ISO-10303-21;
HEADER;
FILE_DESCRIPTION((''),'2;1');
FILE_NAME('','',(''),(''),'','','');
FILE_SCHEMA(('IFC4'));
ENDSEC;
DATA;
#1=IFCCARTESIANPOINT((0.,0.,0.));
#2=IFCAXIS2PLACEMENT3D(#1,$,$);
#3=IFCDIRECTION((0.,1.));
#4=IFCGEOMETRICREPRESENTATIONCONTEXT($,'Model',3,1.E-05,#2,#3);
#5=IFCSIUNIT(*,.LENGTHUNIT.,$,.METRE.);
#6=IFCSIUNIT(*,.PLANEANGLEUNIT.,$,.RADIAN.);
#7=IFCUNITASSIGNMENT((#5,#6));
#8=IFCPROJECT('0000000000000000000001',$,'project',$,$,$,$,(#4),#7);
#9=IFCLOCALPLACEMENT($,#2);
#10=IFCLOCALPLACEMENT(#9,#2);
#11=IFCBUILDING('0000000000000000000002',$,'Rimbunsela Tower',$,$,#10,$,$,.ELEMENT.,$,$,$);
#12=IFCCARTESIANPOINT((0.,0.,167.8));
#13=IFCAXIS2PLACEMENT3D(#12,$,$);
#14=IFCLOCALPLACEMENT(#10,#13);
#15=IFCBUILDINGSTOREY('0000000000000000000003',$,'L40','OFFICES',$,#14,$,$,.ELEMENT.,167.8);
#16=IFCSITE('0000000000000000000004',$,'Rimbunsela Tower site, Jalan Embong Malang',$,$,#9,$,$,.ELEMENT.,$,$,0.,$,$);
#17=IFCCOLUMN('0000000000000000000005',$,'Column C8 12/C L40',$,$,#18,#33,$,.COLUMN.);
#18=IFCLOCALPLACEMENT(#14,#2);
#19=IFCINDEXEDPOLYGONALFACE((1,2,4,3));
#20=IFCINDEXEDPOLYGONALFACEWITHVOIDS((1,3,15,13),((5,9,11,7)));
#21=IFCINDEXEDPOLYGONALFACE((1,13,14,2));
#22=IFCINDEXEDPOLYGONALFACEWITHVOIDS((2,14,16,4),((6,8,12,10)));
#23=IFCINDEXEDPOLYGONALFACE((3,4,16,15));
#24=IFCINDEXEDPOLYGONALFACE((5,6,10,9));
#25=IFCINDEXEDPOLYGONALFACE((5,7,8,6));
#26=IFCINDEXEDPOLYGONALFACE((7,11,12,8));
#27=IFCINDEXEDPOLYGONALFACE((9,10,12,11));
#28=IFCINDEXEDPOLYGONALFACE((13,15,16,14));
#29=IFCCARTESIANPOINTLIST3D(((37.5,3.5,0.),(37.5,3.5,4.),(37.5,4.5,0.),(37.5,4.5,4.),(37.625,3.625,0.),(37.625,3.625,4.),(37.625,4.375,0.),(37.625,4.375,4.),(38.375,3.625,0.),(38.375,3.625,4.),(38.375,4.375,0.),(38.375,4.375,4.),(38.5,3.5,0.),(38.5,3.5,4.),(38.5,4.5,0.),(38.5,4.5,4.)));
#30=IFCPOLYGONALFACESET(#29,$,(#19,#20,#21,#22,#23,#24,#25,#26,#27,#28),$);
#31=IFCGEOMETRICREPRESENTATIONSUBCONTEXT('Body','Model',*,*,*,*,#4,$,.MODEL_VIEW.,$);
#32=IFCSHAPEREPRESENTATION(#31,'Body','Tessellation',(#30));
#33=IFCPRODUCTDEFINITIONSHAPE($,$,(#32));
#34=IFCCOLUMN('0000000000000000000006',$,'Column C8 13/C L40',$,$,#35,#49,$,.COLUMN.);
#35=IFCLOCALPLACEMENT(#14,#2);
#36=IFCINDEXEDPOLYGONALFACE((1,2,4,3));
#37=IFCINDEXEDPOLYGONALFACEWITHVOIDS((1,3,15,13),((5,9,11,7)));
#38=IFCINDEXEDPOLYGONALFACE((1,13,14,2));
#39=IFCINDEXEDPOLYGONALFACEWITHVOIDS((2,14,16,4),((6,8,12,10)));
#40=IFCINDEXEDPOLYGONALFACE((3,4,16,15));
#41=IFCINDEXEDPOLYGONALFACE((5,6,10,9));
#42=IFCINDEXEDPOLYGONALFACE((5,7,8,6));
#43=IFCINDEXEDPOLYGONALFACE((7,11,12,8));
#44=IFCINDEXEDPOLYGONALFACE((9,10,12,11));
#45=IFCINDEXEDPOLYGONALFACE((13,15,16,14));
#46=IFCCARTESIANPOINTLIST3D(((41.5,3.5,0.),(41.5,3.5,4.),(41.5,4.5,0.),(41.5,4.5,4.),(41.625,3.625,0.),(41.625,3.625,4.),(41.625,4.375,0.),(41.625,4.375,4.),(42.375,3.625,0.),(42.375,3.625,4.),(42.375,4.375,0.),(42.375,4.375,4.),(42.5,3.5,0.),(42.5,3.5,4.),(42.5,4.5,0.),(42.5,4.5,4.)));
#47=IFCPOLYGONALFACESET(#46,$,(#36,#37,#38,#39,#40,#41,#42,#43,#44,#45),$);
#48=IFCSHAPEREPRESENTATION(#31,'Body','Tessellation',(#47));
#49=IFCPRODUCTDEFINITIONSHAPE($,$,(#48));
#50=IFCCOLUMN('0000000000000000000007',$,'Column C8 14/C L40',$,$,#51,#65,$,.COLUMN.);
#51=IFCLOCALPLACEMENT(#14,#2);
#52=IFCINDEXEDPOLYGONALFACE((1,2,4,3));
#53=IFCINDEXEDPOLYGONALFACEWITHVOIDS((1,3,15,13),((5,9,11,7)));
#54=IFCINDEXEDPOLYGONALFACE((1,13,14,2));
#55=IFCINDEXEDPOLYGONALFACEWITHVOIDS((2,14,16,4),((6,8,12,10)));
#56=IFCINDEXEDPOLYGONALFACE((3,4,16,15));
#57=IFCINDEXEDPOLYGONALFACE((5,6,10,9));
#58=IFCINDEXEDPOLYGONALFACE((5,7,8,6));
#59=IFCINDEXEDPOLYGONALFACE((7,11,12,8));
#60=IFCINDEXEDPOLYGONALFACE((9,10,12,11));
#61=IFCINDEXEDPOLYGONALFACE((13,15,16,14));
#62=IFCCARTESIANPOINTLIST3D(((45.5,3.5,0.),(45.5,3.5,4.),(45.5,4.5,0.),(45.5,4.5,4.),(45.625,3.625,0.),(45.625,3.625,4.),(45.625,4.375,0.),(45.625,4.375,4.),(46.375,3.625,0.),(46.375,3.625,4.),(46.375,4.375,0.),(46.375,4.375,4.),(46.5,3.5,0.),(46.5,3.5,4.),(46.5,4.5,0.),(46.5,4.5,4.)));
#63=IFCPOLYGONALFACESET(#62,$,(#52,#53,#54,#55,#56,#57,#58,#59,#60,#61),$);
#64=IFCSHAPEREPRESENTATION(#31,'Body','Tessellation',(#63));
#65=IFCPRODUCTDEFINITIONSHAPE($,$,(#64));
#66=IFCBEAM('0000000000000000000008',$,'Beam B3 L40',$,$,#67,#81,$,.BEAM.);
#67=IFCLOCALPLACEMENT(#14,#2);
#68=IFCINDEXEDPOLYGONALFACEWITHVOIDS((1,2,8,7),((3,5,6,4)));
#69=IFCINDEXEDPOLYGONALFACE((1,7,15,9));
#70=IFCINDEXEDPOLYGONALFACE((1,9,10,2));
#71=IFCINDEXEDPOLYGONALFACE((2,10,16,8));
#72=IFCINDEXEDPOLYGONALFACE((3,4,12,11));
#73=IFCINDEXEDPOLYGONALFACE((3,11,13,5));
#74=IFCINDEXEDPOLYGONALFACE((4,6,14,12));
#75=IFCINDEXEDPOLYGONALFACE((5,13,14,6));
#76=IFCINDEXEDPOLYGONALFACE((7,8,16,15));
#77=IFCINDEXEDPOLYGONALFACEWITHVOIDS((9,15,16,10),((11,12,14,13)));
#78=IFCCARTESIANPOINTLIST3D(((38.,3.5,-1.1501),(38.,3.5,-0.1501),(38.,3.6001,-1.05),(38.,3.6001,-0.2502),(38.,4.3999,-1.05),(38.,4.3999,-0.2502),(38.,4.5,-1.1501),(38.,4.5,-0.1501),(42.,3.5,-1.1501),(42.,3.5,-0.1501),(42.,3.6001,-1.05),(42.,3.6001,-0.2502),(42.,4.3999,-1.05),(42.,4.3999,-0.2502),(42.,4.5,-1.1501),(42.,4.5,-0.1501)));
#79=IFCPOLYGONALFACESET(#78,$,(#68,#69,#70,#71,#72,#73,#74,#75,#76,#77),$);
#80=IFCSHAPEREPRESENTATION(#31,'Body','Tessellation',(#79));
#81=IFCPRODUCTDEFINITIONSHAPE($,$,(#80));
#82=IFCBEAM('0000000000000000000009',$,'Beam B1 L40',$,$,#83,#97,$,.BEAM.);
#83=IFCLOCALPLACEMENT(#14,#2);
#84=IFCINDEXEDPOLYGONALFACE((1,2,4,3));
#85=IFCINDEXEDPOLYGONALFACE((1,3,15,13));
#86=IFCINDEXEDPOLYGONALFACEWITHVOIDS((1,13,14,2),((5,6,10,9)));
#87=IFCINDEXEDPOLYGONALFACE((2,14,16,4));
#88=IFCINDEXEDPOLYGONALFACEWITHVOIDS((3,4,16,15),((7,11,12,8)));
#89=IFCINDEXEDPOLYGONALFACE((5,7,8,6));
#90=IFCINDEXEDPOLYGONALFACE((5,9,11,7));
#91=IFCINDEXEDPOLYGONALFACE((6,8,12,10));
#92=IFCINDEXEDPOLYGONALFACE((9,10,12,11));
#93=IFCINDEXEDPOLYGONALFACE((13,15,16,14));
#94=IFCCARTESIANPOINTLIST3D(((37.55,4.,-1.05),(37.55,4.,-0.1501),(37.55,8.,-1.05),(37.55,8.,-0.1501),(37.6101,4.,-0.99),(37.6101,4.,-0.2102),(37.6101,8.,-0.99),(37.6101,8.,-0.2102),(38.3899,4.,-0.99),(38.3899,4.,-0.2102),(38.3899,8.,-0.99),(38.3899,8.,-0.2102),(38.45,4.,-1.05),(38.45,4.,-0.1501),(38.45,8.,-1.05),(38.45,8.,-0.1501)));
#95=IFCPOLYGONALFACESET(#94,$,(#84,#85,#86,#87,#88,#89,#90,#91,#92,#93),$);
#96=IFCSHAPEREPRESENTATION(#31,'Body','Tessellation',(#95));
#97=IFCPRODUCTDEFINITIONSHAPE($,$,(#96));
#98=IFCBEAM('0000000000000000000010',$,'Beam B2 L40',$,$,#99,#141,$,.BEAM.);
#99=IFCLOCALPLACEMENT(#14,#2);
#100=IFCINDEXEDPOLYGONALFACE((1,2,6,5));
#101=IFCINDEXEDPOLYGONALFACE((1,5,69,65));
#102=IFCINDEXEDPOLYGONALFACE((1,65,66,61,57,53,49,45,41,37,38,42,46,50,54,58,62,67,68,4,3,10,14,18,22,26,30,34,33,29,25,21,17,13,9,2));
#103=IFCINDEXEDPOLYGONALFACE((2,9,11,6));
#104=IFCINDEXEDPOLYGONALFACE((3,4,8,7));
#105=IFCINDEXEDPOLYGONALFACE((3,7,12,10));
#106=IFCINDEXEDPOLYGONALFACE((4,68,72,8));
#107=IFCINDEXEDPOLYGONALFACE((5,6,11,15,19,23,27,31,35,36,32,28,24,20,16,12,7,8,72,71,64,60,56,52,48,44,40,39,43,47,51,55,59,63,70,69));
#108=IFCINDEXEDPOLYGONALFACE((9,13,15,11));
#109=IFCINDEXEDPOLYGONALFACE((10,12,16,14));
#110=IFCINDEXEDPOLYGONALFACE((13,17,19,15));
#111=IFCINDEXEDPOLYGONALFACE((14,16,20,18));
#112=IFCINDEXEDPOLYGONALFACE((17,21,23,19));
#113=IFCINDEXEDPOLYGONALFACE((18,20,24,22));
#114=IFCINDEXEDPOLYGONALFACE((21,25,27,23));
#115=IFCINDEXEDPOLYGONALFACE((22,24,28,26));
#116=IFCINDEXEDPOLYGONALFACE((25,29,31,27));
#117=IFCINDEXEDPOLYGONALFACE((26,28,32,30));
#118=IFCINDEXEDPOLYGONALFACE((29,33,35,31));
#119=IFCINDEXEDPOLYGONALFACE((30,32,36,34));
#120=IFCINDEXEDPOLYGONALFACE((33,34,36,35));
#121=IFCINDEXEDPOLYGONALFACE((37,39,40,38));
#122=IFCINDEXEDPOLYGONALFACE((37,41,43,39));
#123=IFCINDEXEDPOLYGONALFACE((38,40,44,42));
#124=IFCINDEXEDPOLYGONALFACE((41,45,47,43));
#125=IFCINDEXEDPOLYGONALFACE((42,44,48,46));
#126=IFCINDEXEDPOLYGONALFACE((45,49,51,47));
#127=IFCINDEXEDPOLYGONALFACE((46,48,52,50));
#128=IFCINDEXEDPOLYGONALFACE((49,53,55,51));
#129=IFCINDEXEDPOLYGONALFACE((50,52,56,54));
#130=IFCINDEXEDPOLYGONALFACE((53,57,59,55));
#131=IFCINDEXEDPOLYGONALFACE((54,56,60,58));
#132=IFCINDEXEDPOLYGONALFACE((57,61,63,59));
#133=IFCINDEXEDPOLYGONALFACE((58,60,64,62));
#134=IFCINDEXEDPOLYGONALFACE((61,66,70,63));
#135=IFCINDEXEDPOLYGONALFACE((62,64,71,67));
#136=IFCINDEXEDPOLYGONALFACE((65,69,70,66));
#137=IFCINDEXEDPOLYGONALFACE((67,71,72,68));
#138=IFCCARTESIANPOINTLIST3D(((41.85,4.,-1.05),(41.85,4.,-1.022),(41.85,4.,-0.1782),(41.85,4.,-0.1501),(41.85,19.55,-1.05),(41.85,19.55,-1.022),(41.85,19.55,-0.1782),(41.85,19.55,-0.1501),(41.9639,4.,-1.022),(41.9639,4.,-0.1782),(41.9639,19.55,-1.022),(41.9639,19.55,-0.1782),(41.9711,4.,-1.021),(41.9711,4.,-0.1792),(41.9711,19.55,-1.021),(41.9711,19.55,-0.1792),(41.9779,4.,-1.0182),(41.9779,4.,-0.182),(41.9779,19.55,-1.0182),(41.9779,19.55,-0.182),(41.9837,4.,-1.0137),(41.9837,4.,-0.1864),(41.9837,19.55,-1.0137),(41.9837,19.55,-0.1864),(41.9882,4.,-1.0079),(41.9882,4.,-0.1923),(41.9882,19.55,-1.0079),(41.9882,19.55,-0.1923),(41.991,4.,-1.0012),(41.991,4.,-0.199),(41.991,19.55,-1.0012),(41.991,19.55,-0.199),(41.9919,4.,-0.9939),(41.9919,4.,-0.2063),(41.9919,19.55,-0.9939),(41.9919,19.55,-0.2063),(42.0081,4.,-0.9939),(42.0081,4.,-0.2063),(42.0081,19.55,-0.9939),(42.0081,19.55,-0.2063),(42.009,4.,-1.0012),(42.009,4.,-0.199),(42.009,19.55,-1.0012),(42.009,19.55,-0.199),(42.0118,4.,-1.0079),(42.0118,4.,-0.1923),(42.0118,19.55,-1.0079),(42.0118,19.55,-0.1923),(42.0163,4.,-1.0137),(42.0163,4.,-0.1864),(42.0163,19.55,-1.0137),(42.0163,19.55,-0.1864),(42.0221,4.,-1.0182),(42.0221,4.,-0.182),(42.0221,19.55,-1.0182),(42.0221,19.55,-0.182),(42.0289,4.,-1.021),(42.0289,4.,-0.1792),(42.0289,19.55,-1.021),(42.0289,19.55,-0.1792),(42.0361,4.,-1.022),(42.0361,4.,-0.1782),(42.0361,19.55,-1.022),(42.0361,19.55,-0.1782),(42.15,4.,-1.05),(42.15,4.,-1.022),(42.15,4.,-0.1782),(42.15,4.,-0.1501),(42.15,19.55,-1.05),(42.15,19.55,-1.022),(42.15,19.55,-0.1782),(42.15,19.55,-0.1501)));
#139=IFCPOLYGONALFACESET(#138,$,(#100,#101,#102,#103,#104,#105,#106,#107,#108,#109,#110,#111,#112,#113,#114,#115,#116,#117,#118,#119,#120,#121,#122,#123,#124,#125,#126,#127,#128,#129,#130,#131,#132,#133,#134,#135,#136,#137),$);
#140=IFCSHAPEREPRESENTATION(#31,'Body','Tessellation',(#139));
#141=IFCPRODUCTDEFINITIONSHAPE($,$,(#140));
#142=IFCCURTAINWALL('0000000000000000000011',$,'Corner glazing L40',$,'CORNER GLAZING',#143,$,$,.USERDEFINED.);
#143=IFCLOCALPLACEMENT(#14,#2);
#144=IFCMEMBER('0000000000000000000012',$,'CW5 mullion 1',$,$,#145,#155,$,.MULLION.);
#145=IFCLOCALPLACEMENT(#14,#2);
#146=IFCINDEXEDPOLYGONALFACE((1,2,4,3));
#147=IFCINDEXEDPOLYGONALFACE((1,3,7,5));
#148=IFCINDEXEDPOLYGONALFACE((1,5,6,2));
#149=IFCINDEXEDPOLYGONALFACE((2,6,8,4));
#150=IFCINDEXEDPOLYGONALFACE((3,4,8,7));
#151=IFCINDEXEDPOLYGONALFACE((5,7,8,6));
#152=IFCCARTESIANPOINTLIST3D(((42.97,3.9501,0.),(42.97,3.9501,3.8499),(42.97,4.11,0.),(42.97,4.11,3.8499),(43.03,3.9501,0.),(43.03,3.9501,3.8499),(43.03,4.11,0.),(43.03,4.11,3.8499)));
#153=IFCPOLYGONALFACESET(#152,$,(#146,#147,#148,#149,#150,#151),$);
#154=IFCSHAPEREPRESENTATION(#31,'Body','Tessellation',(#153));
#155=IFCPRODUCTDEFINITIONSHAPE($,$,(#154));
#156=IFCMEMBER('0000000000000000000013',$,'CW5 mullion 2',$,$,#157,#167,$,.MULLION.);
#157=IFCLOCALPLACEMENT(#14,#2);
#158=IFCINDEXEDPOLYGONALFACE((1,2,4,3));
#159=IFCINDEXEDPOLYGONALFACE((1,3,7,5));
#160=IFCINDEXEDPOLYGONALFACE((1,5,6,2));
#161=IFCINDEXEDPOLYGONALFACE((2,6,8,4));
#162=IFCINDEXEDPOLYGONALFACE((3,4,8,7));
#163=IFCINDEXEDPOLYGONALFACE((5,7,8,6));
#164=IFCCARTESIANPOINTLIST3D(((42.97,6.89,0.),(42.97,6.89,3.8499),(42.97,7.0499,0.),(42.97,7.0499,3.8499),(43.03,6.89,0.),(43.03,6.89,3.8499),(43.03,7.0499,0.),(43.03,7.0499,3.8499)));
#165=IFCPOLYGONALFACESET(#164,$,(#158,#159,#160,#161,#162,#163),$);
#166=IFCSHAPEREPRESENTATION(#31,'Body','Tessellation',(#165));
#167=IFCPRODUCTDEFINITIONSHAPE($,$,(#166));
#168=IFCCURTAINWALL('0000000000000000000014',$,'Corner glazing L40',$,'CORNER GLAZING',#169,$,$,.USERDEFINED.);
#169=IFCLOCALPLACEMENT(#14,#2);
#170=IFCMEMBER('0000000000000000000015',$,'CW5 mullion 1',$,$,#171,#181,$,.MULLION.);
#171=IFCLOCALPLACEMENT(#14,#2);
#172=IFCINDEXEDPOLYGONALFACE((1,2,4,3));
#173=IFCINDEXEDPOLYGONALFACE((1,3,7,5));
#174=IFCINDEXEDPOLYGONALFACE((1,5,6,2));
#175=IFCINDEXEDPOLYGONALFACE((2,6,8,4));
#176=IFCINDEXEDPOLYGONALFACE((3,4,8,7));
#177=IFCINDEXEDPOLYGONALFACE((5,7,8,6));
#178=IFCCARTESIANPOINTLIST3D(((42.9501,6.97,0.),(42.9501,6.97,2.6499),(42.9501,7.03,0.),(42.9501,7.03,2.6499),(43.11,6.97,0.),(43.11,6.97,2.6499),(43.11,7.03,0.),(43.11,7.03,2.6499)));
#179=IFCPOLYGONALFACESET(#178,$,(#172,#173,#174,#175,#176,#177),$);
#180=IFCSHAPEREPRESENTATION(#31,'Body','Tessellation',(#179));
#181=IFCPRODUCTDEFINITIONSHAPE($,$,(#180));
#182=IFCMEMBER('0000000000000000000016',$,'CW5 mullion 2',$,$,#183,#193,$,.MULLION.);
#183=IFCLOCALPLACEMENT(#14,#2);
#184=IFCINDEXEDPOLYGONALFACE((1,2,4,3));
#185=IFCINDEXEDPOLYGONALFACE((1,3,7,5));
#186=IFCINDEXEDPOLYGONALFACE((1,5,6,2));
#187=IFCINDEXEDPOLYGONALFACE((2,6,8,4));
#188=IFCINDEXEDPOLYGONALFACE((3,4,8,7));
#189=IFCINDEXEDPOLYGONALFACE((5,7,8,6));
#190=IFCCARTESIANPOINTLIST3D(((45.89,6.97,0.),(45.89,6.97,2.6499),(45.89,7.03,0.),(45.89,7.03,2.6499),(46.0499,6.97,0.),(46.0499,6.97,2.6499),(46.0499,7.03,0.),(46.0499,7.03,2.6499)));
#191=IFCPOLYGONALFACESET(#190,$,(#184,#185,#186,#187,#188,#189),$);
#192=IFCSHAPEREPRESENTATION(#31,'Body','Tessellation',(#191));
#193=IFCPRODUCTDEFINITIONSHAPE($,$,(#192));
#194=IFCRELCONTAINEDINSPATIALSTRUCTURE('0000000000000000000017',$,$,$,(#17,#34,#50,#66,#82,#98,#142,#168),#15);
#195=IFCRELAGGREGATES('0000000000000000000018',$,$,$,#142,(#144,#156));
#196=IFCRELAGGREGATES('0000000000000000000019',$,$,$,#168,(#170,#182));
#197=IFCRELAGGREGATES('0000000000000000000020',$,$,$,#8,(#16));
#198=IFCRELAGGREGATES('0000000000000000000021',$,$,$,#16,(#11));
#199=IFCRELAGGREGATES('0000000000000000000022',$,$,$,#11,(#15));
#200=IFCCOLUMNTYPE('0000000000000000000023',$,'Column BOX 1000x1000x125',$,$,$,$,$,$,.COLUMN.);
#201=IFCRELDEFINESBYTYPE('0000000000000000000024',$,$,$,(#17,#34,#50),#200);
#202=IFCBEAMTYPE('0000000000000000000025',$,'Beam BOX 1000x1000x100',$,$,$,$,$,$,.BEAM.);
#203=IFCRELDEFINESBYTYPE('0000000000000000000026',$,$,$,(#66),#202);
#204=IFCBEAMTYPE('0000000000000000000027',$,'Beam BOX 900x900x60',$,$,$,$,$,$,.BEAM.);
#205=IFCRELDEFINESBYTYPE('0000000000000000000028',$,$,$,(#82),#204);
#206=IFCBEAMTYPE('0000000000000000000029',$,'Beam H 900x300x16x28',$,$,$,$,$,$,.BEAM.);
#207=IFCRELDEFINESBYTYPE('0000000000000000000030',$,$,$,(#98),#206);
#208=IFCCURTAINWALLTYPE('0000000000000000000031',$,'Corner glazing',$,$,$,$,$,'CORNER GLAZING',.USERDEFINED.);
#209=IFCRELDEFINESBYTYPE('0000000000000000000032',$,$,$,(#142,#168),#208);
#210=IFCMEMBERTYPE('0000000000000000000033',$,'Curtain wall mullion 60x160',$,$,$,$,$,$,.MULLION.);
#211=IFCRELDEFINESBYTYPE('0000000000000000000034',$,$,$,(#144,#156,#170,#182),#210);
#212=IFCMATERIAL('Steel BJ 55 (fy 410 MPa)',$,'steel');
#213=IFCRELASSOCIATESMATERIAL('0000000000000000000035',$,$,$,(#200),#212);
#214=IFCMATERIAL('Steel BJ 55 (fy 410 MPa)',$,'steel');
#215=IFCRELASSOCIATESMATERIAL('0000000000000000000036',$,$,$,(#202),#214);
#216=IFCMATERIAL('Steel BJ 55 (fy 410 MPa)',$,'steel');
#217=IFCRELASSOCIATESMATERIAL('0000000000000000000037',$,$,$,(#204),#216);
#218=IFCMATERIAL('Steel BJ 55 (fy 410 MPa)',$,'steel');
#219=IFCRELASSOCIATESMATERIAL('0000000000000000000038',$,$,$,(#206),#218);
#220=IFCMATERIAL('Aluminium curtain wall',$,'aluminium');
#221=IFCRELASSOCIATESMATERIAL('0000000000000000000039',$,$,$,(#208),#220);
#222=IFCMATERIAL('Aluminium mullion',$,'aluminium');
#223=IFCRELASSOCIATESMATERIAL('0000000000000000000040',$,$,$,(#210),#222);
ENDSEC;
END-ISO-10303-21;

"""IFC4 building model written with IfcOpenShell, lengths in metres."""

from ifc_helpers import new_model, si_unit, direction, frame, origin, origin_2d, place, context, subcontext, project, spatial, rectangle, hollow_rectangle, i_section, extrude, material, material_profile, profile_set, type_object, element, aggregate, save


model = new_model("IFC4")

# Units and contexts
model_context = context("Model", 3, precision=1e-05, world=origin(), true_north=direction((0.0, 1.0)))
body_context = subcontext(model_context, "Body", "Model", "MODEL_VIEW")
ifc_project = project(units=[si_unit("LENGTHUNIT", "METRE"), si_unit("PLANEANGLEUNIT", "RADIAN")], contexts=[model_context])

# Site, building, storey
site_placement = place(None, origin())
site = spatial("IfcSite", under=ifc_project, at=site_placement, Name="Rimbunsela Tower site, Jalan Embong Malang", CompositionType="ELEMENT", RefElevation=0.0)
building_placement = place(site_placement, origin())
building = spatial("IfcBuilding", under=site, at=building_placement, Name="Rimbunsela Tower", CompositionType="ELEMENT")
storey_placement = place(building_placement, frame((0.0, 0.0, 167.8)))
storey = spatial("IfcBuildingStorey", under=building, at=storey_placement, Name="L40", Description="OFFICES", CompositionType="ELEMENT", Elevation=167.8)

# Columns
ifc_material_1 = material(Name="Steel BJ 55 (fy 410 MPa)", Category="steel")
ifc_material_profile_1 = material_profile(ifc_material_1, hollow_rectangle(XDim=1.0, YDim=1.0, WallThickness=0.125, at=origin_2d()), Name="BOX 1000x1000x125")
ifc_profile_set_1 = profile_set([ifc_material_profile_1], Name="Steel BJ 55 (fy 410 MPa)")
column_type = type_object("IfcColumnType", Name="Column BOX 1000x1000x125", PredefinedType="COLUMN", material=ifc_profile_set_1)
for number, where, z_axis, x_axis, name in (
    (1, (38.0, 4.0, 0.0), (0.0, 0.0, 1.0), (1.0, 0.0, 0.0), "Column C8 12/C L40"),
    (2, (42.0, 4.0, 0.0), (0.0, 0.0, 1.0), (1.0, 0.0, 0.0), "Column C8 13/C L40"),
    (3, (46.0, 4.0, 0.0), (0.0, 0.0, 1.0), (1.0, 0.0, 0.0), "Column C8 14/C L40"),
):
    element("IfcColumn", number, at=place(storey_placement, frame(where, z_axis=z_axis, x_axis=x_axis)), inside=storey, type_object=column_type, Name=name, PredefinedType="COLUMN", context=body_context, shape_type="SweptSolid", body=[
        extrude(hollow_rectangle(XDim=1.0, YDim=1.0, WallThickness=0.125, at=origin_2d()), origin(), (0.0, 0.0, 1.0), 4.0),
    ])

# Beams
ifc_material_2 = material(Name="Steel BJ 55 (fy 410 MPa)", Category="steel")
ifc_material_profile_2 = material_profile(ifc_material_2, hollow_rectangle(XDim=1.0, YDim=1.0, WallThickness=0.1001, at=origin_2d()), Name="BOX 1000x1000x100")
ifc_profile_set_2 = profile_set([ifc_material_profile_2], Name="Steel BJ 55 (fy 410 MPa)")
beam_type_1 = type_object("IfcBeamType", Name="Beam BOX 1000x1000x100", PredefinedType="BEAM", material=ifc_profile_set_2)
beam_1_placement = place(storey_placement, frame((38.0, 4.0, -0.6501), z_axis=(1.0, 0.0, 0.0), x_axis=(0.0, 1.0, 0.0)))
element("IfcBeam", 4, at=beam_1_placement, inside=storey, type_object=beam_type_1, Name="Beam B3 L40", PredefinedType="BEAM", context=body_context, shape_type="SweptSolid", body=[
    extrude(hollow_rectangle(XDim=1.0, YDim=1.0, WallThickness=0.1001, at=origin_2d()), origin(), (0.0, 0.0, 1.0), 4.0),
])
ifc_material_3 = material(Name="Steel BJ 55 (fy 410 MPa)", Category="steel")
ifc_material_profile_3 = material_profile(ifc_material_3, hollow_rectangle(XDim=0.8999, YDim=0.8999, WallThickness=0.0601, at=origin_2d()), Name="BOX 900x900x60")
ifc_profile_set_3 = profile_set([ifc_material_profile_3], Name="Steel BJ 55 (fy 410 MPa)")
beam_type_2 = type_object("IfcBeamType", Name="Beam BOX 900x900x60", PredefinedType="BEAM", material=ifc_profile_set_3)
beam_2_placement = place(storey_placement, frame((38.0, 4.0, -0.6001), z_axis=(0.0, 1.0, 0.0), x_axis=(-1.0, 0.0, 0.0)))
element("IfcBeam", 5, at=beam_2_placement, inside=storey, type_object=beam_type_2, Name="Beam B1 L40", PredefinedType="BEAM", context=body_context, shape_type="SweptSolid", body=[
    extrude(hollow_rectangle(XDim=0.8999, YDim=0.8999, WallThickness=0.0601, at=origin_2d()), origin(), (0.0, 0.0, 1.0), 4.0),
])
ifc_material_4 = material(Name="Steel BJ 55 (fy 410 MPa)", Category="steel")
ifc_material_profile_4 = material_profile(ifc_material_4, i_section(OverallWidth=0.3, OverallDepth=0.8999, WebThickness=0.0161, FlangeThickness=0.0281, FilletRadius=0.0281, at=origin_2d()), Name="H 900x300x16x28")
ifc_profile_set_4 = profile_set([ifc_material_profile_4], Name="Steel BJ 55 (fy 410 MPa)")
beam_type_3 = type_object("IfcBeamType", Name="Beam H 900x300x16x28", PredefinedType="BEAM", material=ifc_profile_set_4)
beam_3_placement = place(storey_placement, frame((42.0, 4.0, -0.6001), z_axis=(0.0, 1.0, 0.0), x_axis=(-1.0, 0.0, 0.0)))
element("IfcBeam", 6, at=beam_3_placement, inside=storey, type_object=beam_type_3, Name="Beam B2 L40", PredefinedType="BEAM", context=body_context, shape_type="SweptSolid", body=[
    extrude(i_section(OverallWidth=0.3, OverallDepth=0.8999, WebThickness=0.0161, FlangeThickness=0.0281, FilletRadius=0.0281, at=origin_2d()), origin(), (0.0, 0.0, 1.0), 15.55),
])

# Curtain walls, members
ifc_material_5 = material(Name="Aluminium curtain wall", Category="aluminium")
curtain_wall_type_1 = type_object("IfcCurtainWallType", Name="Corner glazing", ElementType="CORNER GLAZING", PredefinedType="USERDEFINED", material=ifc_material_5)
curtain_wall_1_placement = place(storey_placement, origin())
curtain_wall_1 = element("IfcCurtainWall", 7, at=curtain_wall_1_placement, inside=storey, type_object=curtain_wall_type_1, Name="Corner glazing L40", ObjectType="CORNER GLAZING", PredefinedType="USERDEFINED")
ifc_material_6 = material(Name="Aluminium mullion", Category="aluminium")
ifc_material_profile_5 = material_profile(ifc_material_6, rectangle(XDim=0.0601, YDim=0.1599, at=origin_2d()), Name="Mullion 60x160")
ifc_profile_set_5 = profile_set([ifc_material_profile_5], Name="Aluminium mullion")
member_type_1 = type_object("IfcMemberType", Name="Curtain wall mullion 60x160", PredefinedType="MULLION", material=ifc_profile_set_5)
member_1_placement = place(storey_placement, frame((43.0, 4.03, 0.0), z_axis=(0.0, 0.0, 1.0), x_axis=(-1.0, 0.0, 0.0)))
member_1 = element("IfcMember", 8, at=member_1_placement, type_object=member_type_1, Name="CW5 mullion 1", PredefinedType="MULLION", context=body_context, shape_type="SweptSolid", body=[
    extrude(rectangle(XDim=0.0601, YDim=0.1599, at=origin_2d()), origin(), (0.0, 0.0, 1.0), 3.8499),
])
member_2_placement = place(storey_placement, frame((43.0, 6.97, 0.0), z_axis=(0.0, 0.0, 1.0), x_axis=(-1.0, 0.0, 0.0)))
member_2 = element("IfcMember", 9, at=member_2_placement, type_object=member_type_1, Name="CW5 mullion 2", PredefinedType="MULLION", context=body_context, shape_type="SweptSolid", body=[
    extrude(rectangle(XDim=0.0601, YDim=0.1599, at=origin_2d()), origin(), (0.0, 0.0, 1.0), 3.8499),
])
curtain_wall_2_placement = place(storey_placement, origin())
curtain_wall_2 = element("IfcCurtainWall", 10, at=curtain_wall_2_placement, inside=storey, type_object=curtain_wall_type_1, Name="Corner glazing L40", ObjectType="CORNER GLAZING", PredefinedType="USERDEFINED")
member_3_placement = place(storey_placement, frame((43.03, 7.0, 0.0), z_axis=(0.0, 0.0, 1.0), x_axis=(0.0, 1.0, 0.0)))
member_3 = element("IfcMember", 11, at=member_3_placement, type_object=member_type_1, Name="CW5 mullion 1", PredefinedType="MULLION", context=body_context, shape_type="SweptSolid", body=[
    extrude(rectangle(XDim=0.0601, YDim=0.1599, at=origin_2d()), origin(), (0.0, 0.0, 1.0), 2.6499),
])
member_4_placement = place(storey_placement, frame((45.97, 7.0, 0.0), z_axis=(0.0, 0.0, 1.0), x_axis=(0.0, 1.0, 0.0)))
member_4 = element("IfcMember", 12, at=member_4_placement, type_object=member_type_1, Name="CW5 mullion 2", PredefinedType="MULLION", context=body_context, shape_type="SweptSolid", body=[
    extrude(rectangle(XDim=0.0601, YDim=0.1599, at=origin_2d()), origin(), (0.0, 0.0, 1.0), 2.6499),
])

aggregate(curtain_wall_1, [member_1, member_2])
aggregate(curtain_wall_2, [member_3, member_4])

save(model, "model.ifc")
